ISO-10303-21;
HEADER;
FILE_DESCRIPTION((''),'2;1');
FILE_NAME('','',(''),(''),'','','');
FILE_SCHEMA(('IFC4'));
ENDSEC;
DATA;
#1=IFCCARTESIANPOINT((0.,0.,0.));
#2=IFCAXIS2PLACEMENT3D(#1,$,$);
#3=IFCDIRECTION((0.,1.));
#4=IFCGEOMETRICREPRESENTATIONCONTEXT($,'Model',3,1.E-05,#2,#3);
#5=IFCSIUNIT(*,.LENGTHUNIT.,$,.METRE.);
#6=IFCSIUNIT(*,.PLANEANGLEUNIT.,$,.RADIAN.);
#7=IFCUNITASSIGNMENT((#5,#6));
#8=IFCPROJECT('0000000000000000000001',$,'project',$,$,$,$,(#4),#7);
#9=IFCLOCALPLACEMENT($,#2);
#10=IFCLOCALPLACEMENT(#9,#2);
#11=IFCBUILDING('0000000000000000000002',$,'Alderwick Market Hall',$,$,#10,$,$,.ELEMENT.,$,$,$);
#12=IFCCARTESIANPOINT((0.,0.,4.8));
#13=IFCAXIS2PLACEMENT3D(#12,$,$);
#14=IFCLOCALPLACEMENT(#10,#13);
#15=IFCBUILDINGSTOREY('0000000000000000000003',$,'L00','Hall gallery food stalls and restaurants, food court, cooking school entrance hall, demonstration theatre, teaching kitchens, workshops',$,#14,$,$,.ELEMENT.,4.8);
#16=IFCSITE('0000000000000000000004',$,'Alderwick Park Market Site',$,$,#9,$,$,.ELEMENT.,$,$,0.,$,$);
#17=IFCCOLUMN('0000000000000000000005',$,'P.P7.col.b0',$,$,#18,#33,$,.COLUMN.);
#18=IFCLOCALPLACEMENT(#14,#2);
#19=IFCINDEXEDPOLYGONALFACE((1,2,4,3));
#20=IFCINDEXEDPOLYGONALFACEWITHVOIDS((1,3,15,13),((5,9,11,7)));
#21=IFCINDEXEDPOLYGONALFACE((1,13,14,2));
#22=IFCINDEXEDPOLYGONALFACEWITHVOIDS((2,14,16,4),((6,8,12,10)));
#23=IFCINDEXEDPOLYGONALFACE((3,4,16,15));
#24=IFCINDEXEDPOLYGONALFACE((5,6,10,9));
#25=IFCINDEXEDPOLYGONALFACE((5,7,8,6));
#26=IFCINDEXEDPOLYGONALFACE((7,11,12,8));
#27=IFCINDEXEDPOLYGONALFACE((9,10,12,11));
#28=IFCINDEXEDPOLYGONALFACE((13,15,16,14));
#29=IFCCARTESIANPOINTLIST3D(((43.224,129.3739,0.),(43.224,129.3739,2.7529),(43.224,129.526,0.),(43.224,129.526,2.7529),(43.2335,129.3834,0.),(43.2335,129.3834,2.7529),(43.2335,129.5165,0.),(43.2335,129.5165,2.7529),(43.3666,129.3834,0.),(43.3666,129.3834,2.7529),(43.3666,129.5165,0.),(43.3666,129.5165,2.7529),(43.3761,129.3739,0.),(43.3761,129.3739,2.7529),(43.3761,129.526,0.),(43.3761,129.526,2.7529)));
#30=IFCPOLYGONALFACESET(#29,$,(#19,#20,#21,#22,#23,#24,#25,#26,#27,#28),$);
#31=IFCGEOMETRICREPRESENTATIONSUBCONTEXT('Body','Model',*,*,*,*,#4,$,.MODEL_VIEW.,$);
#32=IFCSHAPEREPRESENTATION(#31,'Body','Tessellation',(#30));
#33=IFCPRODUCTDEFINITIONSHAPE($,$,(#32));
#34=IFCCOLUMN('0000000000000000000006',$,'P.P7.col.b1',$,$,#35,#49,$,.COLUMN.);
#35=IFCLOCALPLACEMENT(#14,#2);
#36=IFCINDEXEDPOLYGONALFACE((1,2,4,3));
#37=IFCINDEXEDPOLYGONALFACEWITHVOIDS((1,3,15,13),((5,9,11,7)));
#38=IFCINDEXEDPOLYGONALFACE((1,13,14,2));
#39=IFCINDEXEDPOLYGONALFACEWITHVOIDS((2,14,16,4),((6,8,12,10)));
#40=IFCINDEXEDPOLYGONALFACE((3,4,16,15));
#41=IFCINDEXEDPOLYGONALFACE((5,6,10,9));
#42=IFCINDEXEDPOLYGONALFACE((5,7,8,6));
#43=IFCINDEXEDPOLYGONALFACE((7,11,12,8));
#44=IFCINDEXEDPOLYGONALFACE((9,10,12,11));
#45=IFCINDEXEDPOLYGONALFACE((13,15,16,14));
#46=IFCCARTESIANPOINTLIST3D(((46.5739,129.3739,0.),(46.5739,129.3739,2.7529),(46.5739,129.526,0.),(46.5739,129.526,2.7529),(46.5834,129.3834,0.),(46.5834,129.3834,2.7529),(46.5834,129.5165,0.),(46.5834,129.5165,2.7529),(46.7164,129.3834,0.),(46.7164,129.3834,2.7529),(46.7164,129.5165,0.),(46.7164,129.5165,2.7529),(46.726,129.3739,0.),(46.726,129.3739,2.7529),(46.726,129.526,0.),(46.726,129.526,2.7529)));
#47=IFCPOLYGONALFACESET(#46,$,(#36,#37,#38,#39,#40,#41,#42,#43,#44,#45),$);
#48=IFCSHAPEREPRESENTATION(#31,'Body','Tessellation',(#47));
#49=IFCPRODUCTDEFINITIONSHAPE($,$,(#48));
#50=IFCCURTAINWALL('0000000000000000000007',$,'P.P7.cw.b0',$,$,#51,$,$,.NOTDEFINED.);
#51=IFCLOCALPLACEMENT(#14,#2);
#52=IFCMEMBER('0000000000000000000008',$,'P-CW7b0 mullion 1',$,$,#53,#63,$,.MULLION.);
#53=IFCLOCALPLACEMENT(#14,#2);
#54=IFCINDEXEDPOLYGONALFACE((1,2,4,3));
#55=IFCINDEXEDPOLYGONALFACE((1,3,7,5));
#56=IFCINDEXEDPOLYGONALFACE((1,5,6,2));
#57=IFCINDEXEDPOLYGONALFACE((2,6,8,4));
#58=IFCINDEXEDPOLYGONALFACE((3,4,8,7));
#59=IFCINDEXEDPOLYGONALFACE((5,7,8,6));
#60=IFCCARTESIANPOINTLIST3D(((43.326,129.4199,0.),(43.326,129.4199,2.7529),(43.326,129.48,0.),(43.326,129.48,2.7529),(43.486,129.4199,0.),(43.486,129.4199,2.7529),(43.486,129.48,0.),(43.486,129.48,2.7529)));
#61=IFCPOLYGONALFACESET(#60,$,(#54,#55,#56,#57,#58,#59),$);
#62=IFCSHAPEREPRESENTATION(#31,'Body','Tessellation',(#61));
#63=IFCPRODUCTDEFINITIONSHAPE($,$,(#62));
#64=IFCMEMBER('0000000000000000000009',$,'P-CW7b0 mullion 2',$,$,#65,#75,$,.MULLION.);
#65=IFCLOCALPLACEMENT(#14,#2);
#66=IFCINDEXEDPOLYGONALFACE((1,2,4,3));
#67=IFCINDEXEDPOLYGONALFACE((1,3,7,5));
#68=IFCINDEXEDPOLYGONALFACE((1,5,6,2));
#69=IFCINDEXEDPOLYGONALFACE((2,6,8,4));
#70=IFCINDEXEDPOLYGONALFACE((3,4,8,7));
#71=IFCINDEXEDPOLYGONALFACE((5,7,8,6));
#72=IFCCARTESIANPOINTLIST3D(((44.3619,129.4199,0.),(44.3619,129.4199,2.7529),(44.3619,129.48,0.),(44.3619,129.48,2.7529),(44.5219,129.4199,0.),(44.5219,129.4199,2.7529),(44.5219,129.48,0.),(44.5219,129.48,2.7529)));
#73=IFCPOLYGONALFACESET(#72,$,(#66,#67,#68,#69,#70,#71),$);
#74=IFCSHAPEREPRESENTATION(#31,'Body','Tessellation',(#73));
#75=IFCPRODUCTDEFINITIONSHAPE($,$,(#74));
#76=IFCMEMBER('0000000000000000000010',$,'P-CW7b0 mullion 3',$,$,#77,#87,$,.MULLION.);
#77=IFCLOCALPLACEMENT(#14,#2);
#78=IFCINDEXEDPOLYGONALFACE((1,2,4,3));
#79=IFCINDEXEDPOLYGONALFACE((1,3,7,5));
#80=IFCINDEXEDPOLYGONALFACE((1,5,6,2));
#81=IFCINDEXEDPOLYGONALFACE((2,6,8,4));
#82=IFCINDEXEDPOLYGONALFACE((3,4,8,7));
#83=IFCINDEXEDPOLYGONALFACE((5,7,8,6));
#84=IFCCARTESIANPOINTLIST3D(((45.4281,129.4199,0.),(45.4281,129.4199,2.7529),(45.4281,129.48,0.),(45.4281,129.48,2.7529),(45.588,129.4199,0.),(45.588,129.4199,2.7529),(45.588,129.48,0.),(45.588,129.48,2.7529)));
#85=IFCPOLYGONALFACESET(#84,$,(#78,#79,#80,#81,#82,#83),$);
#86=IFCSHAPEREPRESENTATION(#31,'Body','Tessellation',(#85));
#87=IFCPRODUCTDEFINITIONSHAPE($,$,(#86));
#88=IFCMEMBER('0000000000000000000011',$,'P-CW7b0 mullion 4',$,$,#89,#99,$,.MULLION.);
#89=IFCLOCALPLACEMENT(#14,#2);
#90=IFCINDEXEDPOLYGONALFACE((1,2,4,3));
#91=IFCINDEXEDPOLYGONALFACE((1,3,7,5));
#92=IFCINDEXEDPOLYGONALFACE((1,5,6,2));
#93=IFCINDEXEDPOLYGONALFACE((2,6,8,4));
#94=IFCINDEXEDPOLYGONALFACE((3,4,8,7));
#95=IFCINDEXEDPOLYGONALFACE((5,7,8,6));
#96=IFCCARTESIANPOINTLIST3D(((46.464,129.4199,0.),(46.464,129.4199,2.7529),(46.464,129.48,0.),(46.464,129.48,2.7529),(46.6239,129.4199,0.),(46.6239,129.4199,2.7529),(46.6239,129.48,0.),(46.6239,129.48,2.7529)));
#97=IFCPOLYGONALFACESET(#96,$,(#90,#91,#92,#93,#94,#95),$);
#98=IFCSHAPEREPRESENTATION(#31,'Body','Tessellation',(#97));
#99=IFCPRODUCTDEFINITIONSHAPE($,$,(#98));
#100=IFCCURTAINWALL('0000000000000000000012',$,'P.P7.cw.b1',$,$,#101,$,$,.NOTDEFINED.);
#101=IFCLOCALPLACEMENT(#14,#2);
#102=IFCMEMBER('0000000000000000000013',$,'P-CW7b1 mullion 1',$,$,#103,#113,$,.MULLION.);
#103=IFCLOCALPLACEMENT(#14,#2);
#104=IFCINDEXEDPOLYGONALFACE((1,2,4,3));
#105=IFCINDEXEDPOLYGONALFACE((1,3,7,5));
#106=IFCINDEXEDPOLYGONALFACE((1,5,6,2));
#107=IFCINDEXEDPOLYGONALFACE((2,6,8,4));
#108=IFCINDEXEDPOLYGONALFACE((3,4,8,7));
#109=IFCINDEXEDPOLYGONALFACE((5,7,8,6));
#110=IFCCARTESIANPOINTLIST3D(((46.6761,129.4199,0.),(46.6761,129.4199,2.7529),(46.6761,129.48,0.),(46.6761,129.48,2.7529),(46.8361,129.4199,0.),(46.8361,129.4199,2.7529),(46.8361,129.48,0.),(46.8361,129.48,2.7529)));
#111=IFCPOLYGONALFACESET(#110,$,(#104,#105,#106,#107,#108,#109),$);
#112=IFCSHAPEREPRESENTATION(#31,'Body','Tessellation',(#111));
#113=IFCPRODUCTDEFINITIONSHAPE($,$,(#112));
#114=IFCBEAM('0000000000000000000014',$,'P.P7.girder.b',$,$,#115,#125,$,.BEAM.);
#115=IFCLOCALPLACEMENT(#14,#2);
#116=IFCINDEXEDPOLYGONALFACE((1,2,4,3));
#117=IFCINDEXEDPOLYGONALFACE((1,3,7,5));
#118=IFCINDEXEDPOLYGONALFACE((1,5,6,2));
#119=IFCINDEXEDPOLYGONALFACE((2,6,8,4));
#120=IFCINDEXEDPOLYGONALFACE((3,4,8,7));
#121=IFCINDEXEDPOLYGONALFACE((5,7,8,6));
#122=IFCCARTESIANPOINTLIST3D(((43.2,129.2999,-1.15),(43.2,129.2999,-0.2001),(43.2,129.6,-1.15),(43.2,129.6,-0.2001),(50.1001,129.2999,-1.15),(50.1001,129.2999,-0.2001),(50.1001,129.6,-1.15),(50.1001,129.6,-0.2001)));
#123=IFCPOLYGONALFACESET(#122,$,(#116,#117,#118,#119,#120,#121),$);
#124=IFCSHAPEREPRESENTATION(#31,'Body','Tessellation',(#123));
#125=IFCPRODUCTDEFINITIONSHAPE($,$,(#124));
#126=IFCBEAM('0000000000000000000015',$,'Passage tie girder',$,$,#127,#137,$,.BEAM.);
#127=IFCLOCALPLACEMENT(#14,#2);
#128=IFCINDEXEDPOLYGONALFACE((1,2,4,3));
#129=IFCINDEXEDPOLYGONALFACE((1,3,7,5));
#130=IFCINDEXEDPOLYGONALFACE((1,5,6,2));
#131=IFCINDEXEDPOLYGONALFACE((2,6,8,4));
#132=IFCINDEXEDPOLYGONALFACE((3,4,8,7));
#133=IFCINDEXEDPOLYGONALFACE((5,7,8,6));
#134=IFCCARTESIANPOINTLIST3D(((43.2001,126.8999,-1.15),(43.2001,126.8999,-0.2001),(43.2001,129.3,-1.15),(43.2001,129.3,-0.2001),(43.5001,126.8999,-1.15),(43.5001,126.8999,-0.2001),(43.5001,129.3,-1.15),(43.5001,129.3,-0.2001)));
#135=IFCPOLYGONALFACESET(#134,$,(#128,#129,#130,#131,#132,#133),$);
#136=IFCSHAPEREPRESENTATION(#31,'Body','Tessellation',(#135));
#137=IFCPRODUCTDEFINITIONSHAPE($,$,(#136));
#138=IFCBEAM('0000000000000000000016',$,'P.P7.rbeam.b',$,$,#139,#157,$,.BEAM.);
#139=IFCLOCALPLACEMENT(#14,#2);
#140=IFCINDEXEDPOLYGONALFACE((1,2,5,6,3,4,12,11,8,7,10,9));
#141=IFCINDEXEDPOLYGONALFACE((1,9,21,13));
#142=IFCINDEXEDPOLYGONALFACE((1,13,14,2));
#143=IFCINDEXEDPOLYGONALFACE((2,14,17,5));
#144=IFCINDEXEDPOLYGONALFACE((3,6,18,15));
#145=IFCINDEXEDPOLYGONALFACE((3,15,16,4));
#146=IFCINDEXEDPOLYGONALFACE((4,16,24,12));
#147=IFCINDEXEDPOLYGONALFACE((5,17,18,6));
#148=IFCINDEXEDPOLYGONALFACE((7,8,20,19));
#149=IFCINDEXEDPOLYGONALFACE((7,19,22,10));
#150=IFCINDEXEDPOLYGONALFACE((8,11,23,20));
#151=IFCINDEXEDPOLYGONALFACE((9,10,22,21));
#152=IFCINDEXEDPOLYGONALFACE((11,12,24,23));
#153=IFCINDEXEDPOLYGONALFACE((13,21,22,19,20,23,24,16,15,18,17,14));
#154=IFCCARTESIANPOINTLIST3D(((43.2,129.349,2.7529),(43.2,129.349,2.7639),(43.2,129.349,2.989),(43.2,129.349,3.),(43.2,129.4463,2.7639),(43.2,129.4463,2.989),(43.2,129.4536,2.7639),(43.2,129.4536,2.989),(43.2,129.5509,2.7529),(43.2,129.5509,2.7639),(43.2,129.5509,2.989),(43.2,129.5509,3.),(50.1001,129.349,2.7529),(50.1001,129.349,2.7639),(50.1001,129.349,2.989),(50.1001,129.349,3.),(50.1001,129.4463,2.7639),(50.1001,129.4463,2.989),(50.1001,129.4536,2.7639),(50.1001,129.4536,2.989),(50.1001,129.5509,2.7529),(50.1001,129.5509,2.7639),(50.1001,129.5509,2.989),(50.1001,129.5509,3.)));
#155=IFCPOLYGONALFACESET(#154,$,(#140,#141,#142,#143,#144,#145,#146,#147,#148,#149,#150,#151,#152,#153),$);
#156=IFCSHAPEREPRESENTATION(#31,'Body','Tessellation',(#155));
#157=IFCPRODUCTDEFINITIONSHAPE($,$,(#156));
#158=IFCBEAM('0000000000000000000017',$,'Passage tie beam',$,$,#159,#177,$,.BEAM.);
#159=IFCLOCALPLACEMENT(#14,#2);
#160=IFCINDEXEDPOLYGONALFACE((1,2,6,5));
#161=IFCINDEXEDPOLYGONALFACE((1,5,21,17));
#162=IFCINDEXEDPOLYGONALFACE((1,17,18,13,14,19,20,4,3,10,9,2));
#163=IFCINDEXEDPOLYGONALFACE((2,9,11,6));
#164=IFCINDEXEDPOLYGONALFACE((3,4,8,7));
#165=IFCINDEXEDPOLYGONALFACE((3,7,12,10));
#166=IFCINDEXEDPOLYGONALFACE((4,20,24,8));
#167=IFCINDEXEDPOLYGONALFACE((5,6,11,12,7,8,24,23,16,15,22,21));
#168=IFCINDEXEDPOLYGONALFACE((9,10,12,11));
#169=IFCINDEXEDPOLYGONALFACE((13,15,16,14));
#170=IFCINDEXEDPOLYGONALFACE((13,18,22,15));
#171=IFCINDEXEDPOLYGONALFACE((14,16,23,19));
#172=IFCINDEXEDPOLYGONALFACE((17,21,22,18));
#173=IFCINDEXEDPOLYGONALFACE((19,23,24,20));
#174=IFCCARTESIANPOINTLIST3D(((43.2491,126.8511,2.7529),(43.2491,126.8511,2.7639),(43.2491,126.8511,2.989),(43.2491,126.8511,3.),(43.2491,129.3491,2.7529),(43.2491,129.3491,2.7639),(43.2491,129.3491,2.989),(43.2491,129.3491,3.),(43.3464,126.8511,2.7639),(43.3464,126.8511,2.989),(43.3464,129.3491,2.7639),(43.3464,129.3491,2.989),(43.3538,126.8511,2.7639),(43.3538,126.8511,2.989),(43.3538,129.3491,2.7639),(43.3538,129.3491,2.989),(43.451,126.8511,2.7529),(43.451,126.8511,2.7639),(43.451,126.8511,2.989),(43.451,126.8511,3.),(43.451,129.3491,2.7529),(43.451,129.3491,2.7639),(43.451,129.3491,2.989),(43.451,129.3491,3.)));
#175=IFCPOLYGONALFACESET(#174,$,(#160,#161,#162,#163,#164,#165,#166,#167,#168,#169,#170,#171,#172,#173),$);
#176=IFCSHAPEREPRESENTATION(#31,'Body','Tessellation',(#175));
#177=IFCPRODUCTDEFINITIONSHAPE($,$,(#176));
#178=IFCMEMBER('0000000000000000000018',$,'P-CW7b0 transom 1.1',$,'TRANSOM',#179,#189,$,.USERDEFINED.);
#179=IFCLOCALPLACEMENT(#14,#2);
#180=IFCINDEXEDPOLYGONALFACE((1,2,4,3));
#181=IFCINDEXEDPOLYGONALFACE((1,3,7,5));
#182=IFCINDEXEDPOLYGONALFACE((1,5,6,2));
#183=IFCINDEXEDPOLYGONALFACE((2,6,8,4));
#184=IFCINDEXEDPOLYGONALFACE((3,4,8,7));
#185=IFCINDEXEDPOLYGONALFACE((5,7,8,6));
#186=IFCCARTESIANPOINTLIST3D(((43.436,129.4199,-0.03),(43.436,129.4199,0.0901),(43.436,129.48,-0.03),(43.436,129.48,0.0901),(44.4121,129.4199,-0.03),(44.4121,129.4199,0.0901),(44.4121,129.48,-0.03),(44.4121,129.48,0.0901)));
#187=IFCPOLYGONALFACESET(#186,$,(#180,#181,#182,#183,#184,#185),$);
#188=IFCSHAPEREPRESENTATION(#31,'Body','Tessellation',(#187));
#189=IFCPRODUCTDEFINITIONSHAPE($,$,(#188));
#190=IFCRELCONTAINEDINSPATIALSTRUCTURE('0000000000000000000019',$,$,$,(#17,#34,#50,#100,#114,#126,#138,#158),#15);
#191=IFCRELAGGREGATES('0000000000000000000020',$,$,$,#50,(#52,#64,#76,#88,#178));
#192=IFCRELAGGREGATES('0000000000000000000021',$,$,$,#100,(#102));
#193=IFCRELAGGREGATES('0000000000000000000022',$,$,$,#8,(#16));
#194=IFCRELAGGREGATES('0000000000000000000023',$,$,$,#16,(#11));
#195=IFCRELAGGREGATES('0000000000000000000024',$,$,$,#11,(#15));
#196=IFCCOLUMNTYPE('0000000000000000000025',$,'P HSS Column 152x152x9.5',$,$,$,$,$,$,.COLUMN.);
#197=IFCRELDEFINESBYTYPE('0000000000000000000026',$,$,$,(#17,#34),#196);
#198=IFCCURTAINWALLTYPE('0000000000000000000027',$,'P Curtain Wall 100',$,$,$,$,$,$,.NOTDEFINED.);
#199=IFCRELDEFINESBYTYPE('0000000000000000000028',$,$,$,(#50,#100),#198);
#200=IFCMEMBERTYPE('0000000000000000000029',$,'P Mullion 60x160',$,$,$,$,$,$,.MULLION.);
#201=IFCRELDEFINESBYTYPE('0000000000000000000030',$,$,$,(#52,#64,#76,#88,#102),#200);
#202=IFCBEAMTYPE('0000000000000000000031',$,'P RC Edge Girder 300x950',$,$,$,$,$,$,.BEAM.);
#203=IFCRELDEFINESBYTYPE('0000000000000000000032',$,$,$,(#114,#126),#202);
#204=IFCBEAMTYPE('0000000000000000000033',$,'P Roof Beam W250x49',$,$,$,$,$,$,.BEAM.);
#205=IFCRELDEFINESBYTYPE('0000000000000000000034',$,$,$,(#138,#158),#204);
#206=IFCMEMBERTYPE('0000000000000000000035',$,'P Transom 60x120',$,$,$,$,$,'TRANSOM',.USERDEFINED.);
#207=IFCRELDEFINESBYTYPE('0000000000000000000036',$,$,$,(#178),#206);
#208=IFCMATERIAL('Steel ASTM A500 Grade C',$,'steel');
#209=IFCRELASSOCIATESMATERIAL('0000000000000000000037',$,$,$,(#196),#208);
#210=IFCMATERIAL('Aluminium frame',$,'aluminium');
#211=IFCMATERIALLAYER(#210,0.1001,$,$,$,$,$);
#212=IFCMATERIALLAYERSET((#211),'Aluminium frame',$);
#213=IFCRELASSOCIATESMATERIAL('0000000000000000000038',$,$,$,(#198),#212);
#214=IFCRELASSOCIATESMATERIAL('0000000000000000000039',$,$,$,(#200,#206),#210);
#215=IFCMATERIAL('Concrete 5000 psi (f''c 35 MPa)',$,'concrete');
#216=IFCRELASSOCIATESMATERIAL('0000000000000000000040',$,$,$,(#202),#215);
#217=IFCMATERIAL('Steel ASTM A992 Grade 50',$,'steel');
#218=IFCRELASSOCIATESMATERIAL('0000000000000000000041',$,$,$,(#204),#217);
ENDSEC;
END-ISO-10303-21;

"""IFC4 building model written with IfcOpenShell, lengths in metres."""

from ifc_helpers import new_model, si_unit, direction, frame, origin, origin_2d, place, context, subcontext, project, spatial, rectangle, hollow_rectangle, i_section, extrude, material, layer, layer_set, material_profile, profile_set, type_object, element, aggregate, save


model = new_model("IFC4")

# Units and contexts
model_context = context("Model", 3, precision=1e-05, world=origin(), true_north=direction((0.0, 1.0)))
body_context = subcontext(model_context, "Body", "Model", "MODEL_VIEW")
ifc_project = project(units=[si_unit("LENGTHUNIT", "METRE"), si_unit("PLANEANGLEUNIT", "RADIAN")], contexts=[model_context])

# Site, building, storey
site_placement = place(None, origin())
site = spatial("IfcSite", under=ifc_project, at=site_placement, Name="Alderwick Park Market Site", CompositionType="ELEMENT", RefElevation=0.0)
building_placement = place(site_placement, origin())
building = spatial("IfcBuilding", under=site, at=building_placement, Name="Alderwick Market Hall", CompositionType="ELEMENT")
storey_placement = place(building_placement, frame((0.0, 0.0, 4.8)))
storey = spatial("IfcBuildingStorey", under=building, at=storey_placement, Name="L00", Description="Hall gallery food stalls and restaurants, food court, cooking school entrance hall, demonstration theatre, teaching kitchens, workshops", CompositionType="ELEMENT", Elevation=4.8)

# Columns
ifc_material_1 = material(Name="Steel ASTM A500 Grade C", Category="steel")
ifc_material_profile_1 = material_profile(ifc_material_1, hollow_rectangle(XDim=0.1521, YDim=0.1521, WallThickness=0.0095, at=origin_2d()), Name="HSS152x152x9.5")
ifc_profile_set_1 = profile_set([ifc_material_profile_1], Name="Steel ASTM A500 Grade C")
column_type = type_object("IfcColumnType", Name="P HSS Column 152x152x9.5", PredefinedType="COLUMN", material=ifc_profile_set_1)
for number, where, z_axis, x_axis, name in (
    (1, (43.3, 129.45, 0.0), (0.0, 0.0, 1.0), (1.0, 0.0, 0.0), "P.P7.col.b0"),
    (2, (46.6499, 129.45, 0.0), (0.0, 0.0, 1.0), (1.0, 0.0, 0.0), "P.P7.col.b1"),
):
    element("IfcColumn", number, at=place(storey_placement, frame(where, z_axis=z_axis, x_axis=x_axis)), inside=storey, type_object=column_type, Name=name, PredefinedType="COLUMN", context=body_context, shape_type="SweptSolid", body=[
        extrude(hollow_rectangle(XDim=0.1521, YDim=0.1521, WallThickness=0.0095, at=origin_2d()), origin(), (0.0, 0.0, 1.0), 2.7529),
    ])

# Curtain wall, members
ifc_material_2 = material(Name="Aluminium frame", Category="aluminium")
ifc_layer_1 = layer(ifc_material_2, 0.1001)
ifc_layer_set_1 = layer_set([ifc_layer_1], Name="Aluminium frame")
curtain_wall_type = type_object("IfcCurtainWallType", Name="P Curtain Wall 100", PredefinedType="NOTDEFINED", material=ifc_layer_set_1)
curtain_wall_1_placement = place(storey_placement, origin())
curtain_wall_1 = element("IfcCurtainWall", 3, at=curtain_wall_1_placement, inside=storey, type_object=curtain_wall_type, Name="P.P7.cw.b0", PredefinedType="NOTDEFINED")
ifc_material_profile_2 = material_profile(ifc_material_2, rectangle(XDim=0.0601, YDim=0.1599, at=origin_2d()), Name="P Mullion 60x160")
ifc_profile_set_2 = profile_set([ifc_material_profile_2], Name="Aluminium frame")
member_type_1 = type_object("IfcMemberType", Name="P Mullion 60x160", PredefinedType="MULLION", material=ifc_profile_set_2)
member_1_placement = place(storey_placement, frame((43.406, 129.45, 0.0), z_axis=(0.0, 0.0, 1.0), x_axis=(0.0, 1.0, 0.0)))
member_1 = element("IfcMember", 4, at=member_1_placement, type_object=member_type_1, Name="P-CW7b0 mullion 1", PredefinedType="MULLION", context=body_context, shape_type="SweptSolid", body=[
    extrude(rectangle(XDim=0.0601, YDim=0.1599, at=origin_2d()), origin(), (0.0, 0.0, 1.0), 2.7529),
])
member_2_placement = place(storey_placement, frame((44.4419, 129.45, 0.0), z_axis=(0.0, 0.0, 1.0), x_axis=(0.0, 1.0, 0.0)))
member_2 = element("IfcMember", 5, at=member_2_placement, type_object=member_type_1, Name="P-CW7b0 mullion 2", PredefinedType="MULLION", context=body_context, shape_type="SweptSolid", body=[
    extrude(rectangle(XDim=0.0601, YDim=0.1599, at=origin_2d()), origin(), (0.0, 0.0, 1.0), 2.7529),
])
member_3_placement = place(storey_placement, frame((45.5081, 129.45, 0.0), z_axis=(0.0, 0.0, 1.0), x_axis=(0.0, 1.0, 0.0)))
member_3 = element("IfcMember", 6, at=member_3_placement, type_object=member_type_1, Name="P-CW7b0 mullion 3", PredefinedType="MULLION", context=body_context, shape_type="SweptSolid", body=[
    extrude(rectangle(XDim=0.0601, YDim=0.1599, at=origin_2d()), origin(), (0.0, 0.0, 1.0), 2.7529),
])
member_4_placement = place(storey_placement, frame((46.5439, 129.45, 0.0), z_axis=(0.0, 0.0, 1.0), x_axis=(0.0, 1.0, 0.0)))
member_4 = element("IfcMember", 7, at=member_4_placement, type_object=member_type_1, Name="P-CW7b0 mullion 4", PredefinedType="MULLION", context=body_context, shape_type="SweptSolid", body=[
    extrude(rectangle(XDim=0.0601, YDim=0.1599, at=origin_2d()), origin(), (0.0, 0.0, 1.0), 2.7529),
])

# Curtain wall, member
curtain_wall_2_placement = place(storey_placement, origin())
curtain_wall_2 = element("IfcCurtainWall", 8, at=curtain_wall_2_placement, inside=storey, type_object=curtain_wall_type, Name="P.P7.cw.b1", PredefinedType="NOTDEFINED")
member_5_placement = place(storey_placement, frame((46.7561, 129.45, 0.0), z_axis=(0.0, 0.0, 1.0), x_axis=(0.0, 1.0, 0.0)))
member_5 = element("IfcMember", 9, at=member_5_placement, type_object=member_type_1, Name="P-CW7b1 mullion 1", PredefinedType="MULLION", context=body_context, shape_type="SweptSolid", body=[
    extrude(rectangle(XDim=0.0601, YDim=0.1599, at=origin_2d()), origin(), (0.0, 0.0, 1.0), 2.7529),
])

# Beams
ifc_material_3 = material(Name="Concrete 5000 psi (f'c 35 MPa)", Category="concrete")
ifc_material_profile_3 = material_profile(ifc_material_3, rectangle(XDim=0.3, YDim=0.95, at=origin_2d()), Name="P RC Edge Girder 300x950")
ifc_profile_set_3 = profile_set([ifc_material_profile_3], Name="Concrete 5000 psi (f'c 35 MPa)")
beam_type_1 = type_object("IfcBeamType", Name="P RC Edge Girder 300x950", PredefinedType="BEAM", material=ifc_profile_set_3)
beam_1_placement = place(storey_placement, frame((43.2, 129.45, -0.675), z_axis=(1.0, 0.0, 0.0), x_axis=(0.0, 1.0, 0.0)))
element("IfcBeam", 10, at=beam_1_placement, inside=storey, type_object=beam_type_1, Name="P.P7.girder.b", PredefinedType="BEAM", context=body_context, shape_type="SweptSolid", body=[
    extrude(rectangle(XDim=0.3, YDim=0.95, at=origin_2d()), origin(), (0.0, 0.0, 1.0), 6.9001),
])
beam_2_placement = place(storey_placement, frame((43.3501, 126.8999, -0.675), z_axis=(0.0, 1.0, 0.0), x_axis=(-1.0, 0.0, 0.0)))
element("IfcBeam", 11, at=beam_2_placement, inside=storey, type_object=beam_type_1, Name="Passage tie girder", PredefinedType="BEAM", context=body_context, shape_type="SweptSolid", body=[
    extrude(rectangle(XDim=0.3, YDim=0.95, at=origin_2d()), origin(), (0.0, 0.0, 1.0), 2.4001),
])
ifc_material_4 = material(Name="Steel ASTM A992 Grade 50", Category="steel")
ifc_material_profile_4 = material_profile(ifc_material_4, i_section(OverallWidth=0.2019, OverallDepth=0.2471, WebThickness=0.0073, FlangeThickness=0.011, at=origin_2d()), Name="W250x49")
ifc_profile_set_4 = profile_set([ifc_material_profile_4], Name="Steel ASTM A992 Grade 50")
beam_type_2 = type_object("IfcBeamType", Name="P Roof Beam W250x49", PredefinedType="BEAM", material=ifc_profile_set_4)
beam_3_placement = place(storey_placement, frame((43.2, 129.45, 2.8765), z_axis=(1.0, 0.0, 0.0), x_axis=(0.0, 1.0, 0.0)))
element("IfcBeam", 12, at=beam_3_placement, inside=storey, type_object=beam_type_2, Name="P.P7.rbeam.b", PredefinedType="BEAM", context=body_context, shape_type="SweptSolid", body=[
    extrude(i_section(OverallWidth=0.2019, OverallDepth=0.2471, WebThickness=0.0073, FlangeThickness=0.011, at=origin_2d()), origin(), (0.0, 0.0, 1.0), 6.9001),
])
beam_4_placement = place(storey_placement, frame((43.3501, 126.8511, 2.8765), z_axis=(0.0, 1.0, 0.0), x_axis=(-1.0, 0.0, 0.0)))
element("IfcBeam", 13, at=beam_4_placement, inside=storey, type_object=beam_type_2, Name="Passage tie beam", PredefinedType="BEAM", context=body_context, shape_type="SweptSolid", body=[
    extrude(i_section(OverallWidth=0.2019, OverallDepth=0.2471, WebThickness=0.0073, FlangeThickness=0.011, at=origin_2d()), origin(), (0.0, 0.0, 1.0), 2.498),
])

# Member
ifc_material_profile_5 = material_profile(ifc_material_2, rectangle(XDim=0.0601, YDim=0.1201, at=origin_2d()), Name="P Transom 60x120")
ifc_profile_set_5 = profile_set([ifc_material_profile_5], Name="Aluminium frame")
member_type_2 = type_object("IfcMemberType", Name="P Transom 60x120", ElementType="TRANSOM", PredefinedType="USERDEFINED", material=ifc_profile_set_5)
member_6_placement = place(storey_placement, frame((43.436, 129.45, 0.03), z_axis=(1.0, 0.0, 0.0), x_axis=(0.0, 1.0, 0.0)))
member_6 = element("IfcMember", 14, at=member_6_placement, type_object=member_type_2, Name="P-CW7b0 transom 1.1", ObjectType="TRANSOM", PredefinedType="USERDEFINED", context=body_context, shape_type="SweptSolid", body=[
    extrude(rectangle(XDim=0.0601, YDim=0.1201, at=origin_2d()), origin(), (0.0, 0.0, 1.0), 0.9761),
])

aggregate(curtain_wall_1, [member_1, member_2, member_3, member_4, member_6])
aggregate(curtain_wall_2, [member_5])

save(model, "model.ifc")
